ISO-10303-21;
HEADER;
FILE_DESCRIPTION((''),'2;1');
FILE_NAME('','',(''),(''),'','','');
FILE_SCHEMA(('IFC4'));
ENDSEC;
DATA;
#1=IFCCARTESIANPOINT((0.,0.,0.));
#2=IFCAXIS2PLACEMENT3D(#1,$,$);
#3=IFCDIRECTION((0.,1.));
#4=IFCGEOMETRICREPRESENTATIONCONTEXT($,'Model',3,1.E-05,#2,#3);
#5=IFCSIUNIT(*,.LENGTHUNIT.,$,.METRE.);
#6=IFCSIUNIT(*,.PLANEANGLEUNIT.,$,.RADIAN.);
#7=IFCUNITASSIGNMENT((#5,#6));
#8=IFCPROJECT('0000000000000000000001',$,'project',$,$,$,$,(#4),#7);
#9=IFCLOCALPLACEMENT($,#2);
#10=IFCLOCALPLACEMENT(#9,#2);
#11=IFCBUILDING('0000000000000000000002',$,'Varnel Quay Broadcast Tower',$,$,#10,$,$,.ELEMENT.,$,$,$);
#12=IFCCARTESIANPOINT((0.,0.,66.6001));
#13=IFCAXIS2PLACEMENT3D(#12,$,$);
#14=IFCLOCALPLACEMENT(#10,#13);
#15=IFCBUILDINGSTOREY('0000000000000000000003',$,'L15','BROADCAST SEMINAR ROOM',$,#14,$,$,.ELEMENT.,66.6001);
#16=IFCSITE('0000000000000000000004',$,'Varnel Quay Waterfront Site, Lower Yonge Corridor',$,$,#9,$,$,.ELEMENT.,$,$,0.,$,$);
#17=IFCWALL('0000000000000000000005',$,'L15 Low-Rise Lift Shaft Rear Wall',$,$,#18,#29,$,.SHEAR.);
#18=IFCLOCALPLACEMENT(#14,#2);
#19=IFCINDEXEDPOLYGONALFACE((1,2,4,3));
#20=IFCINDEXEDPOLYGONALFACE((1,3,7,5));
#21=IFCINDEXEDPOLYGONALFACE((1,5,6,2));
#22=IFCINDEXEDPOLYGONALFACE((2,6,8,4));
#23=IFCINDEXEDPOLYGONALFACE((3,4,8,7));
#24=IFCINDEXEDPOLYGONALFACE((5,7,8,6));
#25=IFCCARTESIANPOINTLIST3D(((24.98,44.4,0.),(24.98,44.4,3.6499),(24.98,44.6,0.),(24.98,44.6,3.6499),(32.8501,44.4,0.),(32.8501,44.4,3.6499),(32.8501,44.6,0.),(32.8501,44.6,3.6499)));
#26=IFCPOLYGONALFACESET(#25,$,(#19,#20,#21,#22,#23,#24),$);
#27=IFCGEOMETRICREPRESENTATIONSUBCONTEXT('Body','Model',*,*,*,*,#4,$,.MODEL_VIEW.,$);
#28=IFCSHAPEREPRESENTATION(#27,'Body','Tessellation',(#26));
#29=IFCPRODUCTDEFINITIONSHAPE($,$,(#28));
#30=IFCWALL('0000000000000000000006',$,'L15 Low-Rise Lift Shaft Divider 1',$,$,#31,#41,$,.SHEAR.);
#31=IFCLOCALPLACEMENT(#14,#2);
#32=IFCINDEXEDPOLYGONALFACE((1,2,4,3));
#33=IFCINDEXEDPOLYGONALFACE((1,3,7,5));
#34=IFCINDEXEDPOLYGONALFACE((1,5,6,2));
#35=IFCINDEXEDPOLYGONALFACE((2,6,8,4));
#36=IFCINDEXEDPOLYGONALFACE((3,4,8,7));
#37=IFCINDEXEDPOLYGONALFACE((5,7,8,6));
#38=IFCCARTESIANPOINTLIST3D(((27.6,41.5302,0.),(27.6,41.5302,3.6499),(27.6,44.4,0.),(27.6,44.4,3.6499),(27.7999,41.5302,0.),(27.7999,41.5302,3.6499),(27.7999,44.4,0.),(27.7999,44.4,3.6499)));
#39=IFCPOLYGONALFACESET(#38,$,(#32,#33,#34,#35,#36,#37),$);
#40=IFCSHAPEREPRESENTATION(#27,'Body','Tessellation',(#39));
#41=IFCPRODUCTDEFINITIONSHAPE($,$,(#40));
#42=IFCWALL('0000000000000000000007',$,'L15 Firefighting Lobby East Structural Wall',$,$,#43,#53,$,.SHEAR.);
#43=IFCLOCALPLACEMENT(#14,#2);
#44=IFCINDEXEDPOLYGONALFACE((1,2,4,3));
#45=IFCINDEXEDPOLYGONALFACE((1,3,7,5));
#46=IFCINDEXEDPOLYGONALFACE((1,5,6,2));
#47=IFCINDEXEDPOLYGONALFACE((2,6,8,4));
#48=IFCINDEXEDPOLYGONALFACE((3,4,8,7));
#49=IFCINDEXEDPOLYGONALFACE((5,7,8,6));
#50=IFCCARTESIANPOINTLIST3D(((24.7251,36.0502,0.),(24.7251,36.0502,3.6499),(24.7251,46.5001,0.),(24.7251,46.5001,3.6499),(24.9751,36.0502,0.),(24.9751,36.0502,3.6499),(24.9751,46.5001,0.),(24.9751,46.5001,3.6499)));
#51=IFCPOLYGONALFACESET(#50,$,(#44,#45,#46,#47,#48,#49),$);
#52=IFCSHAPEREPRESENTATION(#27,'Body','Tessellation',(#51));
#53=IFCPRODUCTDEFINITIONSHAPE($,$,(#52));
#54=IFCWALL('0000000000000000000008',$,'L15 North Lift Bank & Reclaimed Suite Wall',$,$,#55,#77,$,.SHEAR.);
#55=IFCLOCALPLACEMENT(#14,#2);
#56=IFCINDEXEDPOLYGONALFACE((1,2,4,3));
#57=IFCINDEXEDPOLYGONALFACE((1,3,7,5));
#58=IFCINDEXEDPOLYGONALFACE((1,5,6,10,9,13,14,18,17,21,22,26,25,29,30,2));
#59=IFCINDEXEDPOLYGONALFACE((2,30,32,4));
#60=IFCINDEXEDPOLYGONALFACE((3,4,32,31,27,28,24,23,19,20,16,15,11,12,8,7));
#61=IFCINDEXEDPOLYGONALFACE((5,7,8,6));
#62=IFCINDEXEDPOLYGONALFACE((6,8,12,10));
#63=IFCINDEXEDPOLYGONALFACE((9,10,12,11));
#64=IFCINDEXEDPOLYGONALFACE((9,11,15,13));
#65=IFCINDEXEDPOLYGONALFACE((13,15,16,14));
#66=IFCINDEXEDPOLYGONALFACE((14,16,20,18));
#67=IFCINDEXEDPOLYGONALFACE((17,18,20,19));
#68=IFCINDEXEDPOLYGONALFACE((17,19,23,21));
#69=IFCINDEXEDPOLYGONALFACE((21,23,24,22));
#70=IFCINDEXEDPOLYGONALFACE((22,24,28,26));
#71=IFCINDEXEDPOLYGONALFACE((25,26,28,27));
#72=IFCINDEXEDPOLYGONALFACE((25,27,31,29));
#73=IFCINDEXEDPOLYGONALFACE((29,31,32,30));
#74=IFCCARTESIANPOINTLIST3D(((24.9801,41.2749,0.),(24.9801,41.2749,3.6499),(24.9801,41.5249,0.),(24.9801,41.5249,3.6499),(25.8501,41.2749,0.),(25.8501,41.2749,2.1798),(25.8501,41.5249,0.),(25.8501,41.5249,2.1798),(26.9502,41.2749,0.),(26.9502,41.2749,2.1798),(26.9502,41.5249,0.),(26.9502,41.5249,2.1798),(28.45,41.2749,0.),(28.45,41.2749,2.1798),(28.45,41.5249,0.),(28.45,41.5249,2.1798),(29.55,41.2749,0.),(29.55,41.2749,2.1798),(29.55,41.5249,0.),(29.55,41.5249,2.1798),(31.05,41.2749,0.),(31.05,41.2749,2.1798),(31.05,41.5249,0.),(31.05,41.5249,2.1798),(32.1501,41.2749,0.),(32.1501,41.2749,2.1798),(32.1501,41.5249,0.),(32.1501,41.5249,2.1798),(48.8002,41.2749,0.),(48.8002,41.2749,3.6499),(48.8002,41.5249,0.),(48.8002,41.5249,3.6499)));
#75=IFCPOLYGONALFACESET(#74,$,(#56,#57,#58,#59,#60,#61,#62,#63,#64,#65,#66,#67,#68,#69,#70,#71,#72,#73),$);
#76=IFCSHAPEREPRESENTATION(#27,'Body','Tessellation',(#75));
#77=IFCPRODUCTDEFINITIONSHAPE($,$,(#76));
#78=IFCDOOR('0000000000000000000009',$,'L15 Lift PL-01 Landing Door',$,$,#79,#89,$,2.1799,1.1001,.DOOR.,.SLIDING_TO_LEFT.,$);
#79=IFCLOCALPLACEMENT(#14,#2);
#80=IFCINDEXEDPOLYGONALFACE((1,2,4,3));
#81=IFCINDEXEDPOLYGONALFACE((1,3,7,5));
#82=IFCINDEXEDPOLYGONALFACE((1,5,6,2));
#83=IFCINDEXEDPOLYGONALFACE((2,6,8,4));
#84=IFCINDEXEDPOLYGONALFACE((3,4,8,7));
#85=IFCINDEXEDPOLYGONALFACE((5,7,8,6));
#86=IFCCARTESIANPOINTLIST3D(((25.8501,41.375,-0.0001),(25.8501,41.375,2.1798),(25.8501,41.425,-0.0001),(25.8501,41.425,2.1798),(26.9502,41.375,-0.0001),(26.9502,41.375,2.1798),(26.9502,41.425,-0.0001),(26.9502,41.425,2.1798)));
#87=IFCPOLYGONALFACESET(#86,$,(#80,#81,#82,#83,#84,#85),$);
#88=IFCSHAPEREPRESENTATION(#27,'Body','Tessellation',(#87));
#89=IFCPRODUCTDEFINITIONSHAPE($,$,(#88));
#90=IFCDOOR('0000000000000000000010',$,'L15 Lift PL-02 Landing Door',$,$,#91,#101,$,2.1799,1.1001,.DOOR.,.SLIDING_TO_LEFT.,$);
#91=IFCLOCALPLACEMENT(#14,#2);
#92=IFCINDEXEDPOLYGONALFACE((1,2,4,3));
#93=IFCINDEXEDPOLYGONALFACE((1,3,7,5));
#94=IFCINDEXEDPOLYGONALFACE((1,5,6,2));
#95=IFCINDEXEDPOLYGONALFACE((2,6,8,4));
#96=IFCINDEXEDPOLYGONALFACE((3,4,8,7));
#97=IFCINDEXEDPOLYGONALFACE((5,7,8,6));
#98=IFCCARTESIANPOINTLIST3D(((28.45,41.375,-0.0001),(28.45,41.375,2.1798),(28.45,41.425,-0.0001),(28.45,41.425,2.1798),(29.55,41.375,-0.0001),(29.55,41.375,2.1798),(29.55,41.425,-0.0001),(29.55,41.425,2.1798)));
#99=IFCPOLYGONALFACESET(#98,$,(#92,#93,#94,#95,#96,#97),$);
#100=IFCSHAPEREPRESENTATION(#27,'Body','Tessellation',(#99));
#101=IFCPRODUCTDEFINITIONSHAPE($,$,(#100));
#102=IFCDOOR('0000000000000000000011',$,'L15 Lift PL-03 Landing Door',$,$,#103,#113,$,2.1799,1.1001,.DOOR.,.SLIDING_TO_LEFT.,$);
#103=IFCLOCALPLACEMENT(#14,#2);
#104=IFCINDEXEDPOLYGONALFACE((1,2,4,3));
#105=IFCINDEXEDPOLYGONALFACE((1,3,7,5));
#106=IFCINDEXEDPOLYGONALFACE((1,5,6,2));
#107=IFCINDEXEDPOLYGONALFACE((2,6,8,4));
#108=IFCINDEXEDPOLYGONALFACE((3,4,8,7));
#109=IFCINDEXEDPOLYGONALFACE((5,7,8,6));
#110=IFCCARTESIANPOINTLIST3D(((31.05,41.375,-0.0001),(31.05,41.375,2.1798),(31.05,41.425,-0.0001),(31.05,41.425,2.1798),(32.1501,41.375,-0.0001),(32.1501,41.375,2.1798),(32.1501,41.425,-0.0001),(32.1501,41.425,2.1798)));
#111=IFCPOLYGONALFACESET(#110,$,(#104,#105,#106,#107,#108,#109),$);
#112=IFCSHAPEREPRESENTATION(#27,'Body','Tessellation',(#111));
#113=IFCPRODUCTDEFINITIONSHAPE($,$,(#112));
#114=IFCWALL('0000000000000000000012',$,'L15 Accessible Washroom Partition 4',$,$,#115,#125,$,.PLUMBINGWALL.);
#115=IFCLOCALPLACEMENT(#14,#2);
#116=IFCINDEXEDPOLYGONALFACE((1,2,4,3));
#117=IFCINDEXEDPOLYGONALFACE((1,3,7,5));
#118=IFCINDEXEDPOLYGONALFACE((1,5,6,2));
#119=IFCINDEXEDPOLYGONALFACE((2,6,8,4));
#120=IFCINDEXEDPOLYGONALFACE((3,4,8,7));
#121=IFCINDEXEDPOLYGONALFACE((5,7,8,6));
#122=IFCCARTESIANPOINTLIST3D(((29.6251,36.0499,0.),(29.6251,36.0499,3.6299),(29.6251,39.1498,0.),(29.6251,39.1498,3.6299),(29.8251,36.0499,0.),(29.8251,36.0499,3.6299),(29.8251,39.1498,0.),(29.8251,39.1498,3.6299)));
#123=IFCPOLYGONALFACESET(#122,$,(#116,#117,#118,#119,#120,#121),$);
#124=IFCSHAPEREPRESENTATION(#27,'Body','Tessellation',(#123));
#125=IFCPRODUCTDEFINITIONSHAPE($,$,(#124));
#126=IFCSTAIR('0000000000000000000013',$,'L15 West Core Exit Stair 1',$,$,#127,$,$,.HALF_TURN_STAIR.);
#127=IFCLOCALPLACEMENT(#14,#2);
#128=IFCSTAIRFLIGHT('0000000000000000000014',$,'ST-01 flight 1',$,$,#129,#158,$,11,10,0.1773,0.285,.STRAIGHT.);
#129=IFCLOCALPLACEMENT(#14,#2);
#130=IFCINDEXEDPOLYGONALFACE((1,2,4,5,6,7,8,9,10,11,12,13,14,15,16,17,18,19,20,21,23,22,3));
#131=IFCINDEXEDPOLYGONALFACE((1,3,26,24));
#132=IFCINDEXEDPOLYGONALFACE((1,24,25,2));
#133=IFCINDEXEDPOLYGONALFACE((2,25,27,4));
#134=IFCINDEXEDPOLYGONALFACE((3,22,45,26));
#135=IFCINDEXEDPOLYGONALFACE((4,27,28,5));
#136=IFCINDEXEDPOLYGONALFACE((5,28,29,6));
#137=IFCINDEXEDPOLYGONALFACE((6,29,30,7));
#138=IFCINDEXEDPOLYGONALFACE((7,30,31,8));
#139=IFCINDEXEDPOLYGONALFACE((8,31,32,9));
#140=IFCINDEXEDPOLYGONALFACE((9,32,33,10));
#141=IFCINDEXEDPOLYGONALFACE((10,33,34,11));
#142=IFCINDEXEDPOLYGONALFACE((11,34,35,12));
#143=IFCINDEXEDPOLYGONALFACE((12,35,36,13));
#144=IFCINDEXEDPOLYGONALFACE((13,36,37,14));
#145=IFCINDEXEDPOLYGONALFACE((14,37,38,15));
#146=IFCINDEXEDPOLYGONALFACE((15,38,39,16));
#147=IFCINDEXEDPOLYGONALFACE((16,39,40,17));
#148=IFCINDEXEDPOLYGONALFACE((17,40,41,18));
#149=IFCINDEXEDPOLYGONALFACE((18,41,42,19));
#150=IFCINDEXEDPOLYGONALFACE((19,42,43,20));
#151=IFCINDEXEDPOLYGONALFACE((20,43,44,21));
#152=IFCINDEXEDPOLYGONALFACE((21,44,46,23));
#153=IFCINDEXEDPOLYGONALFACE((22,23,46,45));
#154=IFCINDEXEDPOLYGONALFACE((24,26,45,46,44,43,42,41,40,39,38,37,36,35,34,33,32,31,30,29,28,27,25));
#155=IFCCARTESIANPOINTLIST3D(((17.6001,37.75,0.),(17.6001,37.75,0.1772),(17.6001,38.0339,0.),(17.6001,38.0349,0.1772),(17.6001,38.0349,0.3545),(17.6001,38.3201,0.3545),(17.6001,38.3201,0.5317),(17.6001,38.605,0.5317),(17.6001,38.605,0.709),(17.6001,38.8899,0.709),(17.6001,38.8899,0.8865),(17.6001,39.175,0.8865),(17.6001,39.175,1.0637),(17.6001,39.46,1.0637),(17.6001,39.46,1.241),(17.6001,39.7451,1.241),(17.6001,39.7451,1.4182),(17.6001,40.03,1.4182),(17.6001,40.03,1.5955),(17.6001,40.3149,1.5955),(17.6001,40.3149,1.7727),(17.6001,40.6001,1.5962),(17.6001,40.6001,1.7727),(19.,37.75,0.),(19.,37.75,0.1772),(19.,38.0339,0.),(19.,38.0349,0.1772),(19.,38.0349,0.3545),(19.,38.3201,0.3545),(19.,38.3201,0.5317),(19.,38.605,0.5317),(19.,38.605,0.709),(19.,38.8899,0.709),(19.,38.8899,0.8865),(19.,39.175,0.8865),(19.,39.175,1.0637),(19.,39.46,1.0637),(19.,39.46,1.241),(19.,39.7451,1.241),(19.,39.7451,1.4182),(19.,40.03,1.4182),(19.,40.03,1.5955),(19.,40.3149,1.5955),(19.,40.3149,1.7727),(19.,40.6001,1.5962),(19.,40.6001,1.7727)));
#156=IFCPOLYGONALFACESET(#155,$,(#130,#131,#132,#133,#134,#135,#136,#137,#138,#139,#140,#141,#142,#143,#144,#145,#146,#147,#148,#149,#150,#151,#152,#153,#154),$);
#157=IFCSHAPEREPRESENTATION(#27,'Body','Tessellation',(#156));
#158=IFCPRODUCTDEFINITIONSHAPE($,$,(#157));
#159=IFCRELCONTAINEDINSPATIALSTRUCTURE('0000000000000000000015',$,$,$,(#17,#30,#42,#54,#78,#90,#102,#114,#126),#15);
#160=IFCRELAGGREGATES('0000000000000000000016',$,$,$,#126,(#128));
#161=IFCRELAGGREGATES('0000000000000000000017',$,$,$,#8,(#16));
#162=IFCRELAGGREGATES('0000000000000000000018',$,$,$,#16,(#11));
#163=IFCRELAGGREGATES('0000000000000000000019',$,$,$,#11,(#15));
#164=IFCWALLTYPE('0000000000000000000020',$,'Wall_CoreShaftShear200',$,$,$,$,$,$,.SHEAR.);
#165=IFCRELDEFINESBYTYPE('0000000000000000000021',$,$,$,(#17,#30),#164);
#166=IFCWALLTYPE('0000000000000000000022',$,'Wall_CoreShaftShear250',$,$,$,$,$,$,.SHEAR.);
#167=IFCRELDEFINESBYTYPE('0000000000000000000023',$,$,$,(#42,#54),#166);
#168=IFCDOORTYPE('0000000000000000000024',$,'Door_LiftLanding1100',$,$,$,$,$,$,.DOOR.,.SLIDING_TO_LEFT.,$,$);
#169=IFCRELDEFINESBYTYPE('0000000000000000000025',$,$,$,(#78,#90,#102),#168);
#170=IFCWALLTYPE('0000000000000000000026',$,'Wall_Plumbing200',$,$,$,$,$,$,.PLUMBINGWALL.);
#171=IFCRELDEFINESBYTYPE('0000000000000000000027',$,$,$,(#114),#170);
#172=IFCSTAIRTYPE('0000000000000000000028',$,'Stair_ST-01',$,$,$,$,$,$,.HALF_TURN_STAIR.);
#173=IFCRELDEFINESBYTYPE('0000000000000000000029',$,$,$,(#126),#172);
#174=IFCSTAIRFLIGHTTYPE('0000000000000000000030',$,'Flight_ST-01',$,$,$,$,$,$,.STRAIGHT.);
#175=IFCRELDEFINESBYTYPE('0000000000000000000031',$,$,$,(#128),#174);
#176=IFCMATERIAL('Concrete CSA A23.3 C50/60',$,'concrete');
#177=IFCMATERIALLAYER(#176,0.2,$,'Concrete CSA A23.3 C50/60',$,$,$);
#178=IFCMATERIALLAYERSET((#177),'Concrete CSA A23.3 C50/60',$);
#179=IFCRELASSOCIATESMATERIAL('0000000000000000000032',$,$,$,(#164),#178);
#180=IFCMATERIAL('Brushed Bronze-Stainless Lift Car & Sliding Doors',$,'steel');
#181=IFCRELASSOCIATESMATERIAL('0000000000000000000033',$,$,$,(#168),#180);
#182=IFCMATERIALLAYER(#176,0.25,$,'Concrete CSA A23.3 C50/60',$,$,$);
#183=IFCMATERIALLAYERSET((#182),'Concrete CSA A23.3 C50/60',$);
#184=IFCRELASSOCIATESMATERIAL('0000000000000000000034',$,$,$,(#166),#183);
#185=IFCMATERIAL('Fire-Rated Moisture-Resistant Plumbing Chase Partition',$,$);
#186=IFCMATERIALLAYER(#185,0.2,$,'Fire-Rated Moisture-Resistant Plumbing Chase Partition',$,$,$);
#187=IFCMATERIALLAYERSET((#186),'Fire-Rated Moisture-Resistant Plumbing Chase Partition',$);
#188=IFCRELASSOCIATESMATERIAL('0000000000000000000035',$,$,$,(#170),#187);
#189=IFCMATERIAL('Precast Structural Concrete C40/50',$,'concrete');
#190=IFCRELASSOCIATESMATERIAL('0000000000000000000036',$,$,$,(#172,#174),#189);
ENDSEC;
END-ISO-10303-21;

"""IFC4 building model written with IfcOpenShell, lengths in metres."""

from ifc_helpers import new_model, si_unit, direction, frame, frame_2d, origin, place, context, subcontext, project, spatial, polyline, rectangle, outline, extrude, source, transform, mapped, material, layer, layer_set, type_object, type_shapes, element, fill, aggregate, save


model = new_model("IFC4")

# Units and contexts
model_context = context("Model", 3, precision=1e-05, world=origin(), true_north=direction((0.0, 1.0)))
body_context = subcontext(model_context, "Body", "Model", "MODEL_VIEW")
ifc_project = project(units=[si_unit("LENGTHUNIT", "METRE"), si_unit("PLANEANGLEUNIT", "RADIAN")], contexts=[model_context])

# Site, building, storey
site_placement = place(None, origin())
site = spatial("IfcSite", under=ifc_project, at=site_placement, Name="Varnel Quay Waterfront Site, Lower Yonge Corridor", CompositionType="ELEMENT", RefElevation=0.0)
building_placement = place(site_placement, origin())
building = spatial("IfcBuilding", under=site, at=building_placement, Name="Varnel Quay Broadcast Tower", CompositionType="ELEMENT")
storey_placement = place(building_placement, frame((0.0, 0.0, 66.6001)))
storey = spatial("IfcBuildingStorey", under=building, at=storey_placement, Name="L15", Description="BROADCAST SEMINAR ROOM", CompositionType="ELEMENT", Elevation=66.6001)

# Shared definitions
ifc_material_1 = material(Name="Concrete CSA A23.3 C50/60", Category="concrete")
ifc_layer_1 = layer(ifc_material_1, 0.2, Name="Concrete CSA A23.3 C50/60")
ifc_layer_set_1 = layer_set([ifc_layer_1], Name="Concrete CSA A23.3 C50/60")
wall_type_1 = type_object("IfcWallType", Name="Wall_CoreShaftShear200", PredefinedType="SHEAR", material=ifc_layer_set_1)

# Shared definitions
ifc_material_2 = material(Name="Brushed Bronze-Stainless Lift Car & Sliding Doors", Category="steel")
door_type_1 = type_object("IfcDoorType", Name="Door_LiftLanding1100", OperationType="SLIDING_TO_LEFT", PredefinedType="DOOR", material=ifc_material_2)
shared_shape_1 = source(origin(), body_context, "Body", "SweptSolid", [
    extrude(rectangle(XDim=1.1001, YDim=2.1799, at=frame_2d((0.55, 1.0898))), frame((0.0, 0.0249, 0.0), z_axis=(0.0, -1.0, 0.0), x_axis=(1.0, 0.0, 0.0)), (0.0, 0.0, 1.0), 0.05),
])
type_shapes(door_type_1, [shared_shape_1])

# Walls
wall_1_placement = place(storey_placement, frame((24.98, 44.5, 0.0), z_axis=(0.0, 0.0, 1.0), x_axis=(1.0, 0.0, 0.0)))
element("IfcWall", 1, at=wall_1_placement, inside=storey, type_object=wall_type_1, Name="L15 Low-Rise Lift Shaft Rear Wall", PredefinedType="SHEAR", context=body_context, shape_type="SweptSolid", body=[
    extrude(rectangle(XDim=7.8701, YDim=0.2, at=frame_2d((3.9351, 0.0))), origin(), (0.0, 0.0, 1.0), 3.6499),
])
wall_2_placement = place(storey_placement, frame((27.7, 41.53, 0.0), z_axis=(0.0, 0.0, 1.0), x_axis=(0.0, 1.0, 0.0)))
element("IfcWall", 2, at=wall_2_placement, inside=storey, type_object=wall_type_1, Name="L15 Low-Rise Lift Shaft Divider 1", PredefinedType="SHEAR", context=body_context, shape_type="SweptSolid", body=[
    extrude(rectangle(XDim=2.8699, YDim=0.2, at=frame_2d((1.4351, 0.0))), origin(), (0.0, 0.0, 1.0), 3.6499),
])
ifc_layer_2 = layer(ifc_material_1, 0.25, Name="Concrete CSA A23.3 C50/60")
ifc_layer_set_2 = layer_set([ifc_layer_2], Name="Concrete CSA A23.3 C50/60")
wall_type_2 = type_object("IfcWallType", Name="Wall_CoreShaftShear250", PredefinedType="SHEAR", material=ifc_layer_set_2)
wall_3_placement = place(storey_placement, frame((24.8501, 36.05, 0.0), z_axis=(0.0, 0.0, 1.0), x_axis=(0.0, 1.0, 0.0)))
element("IfcWall", 3, at=wall_3_placement, inside=storey, type_object=wall_type_2, Name="L15 Firefighting Lobby East Structural Wall", PredefinedType="SHEAR", context=body_context, shape_type="SweptSolid", body=[
    extrude(rectangle(XDim=10.45, YDim=0.25, at=frame_2d((5.2251, 0.0))), origin(), (0.0, 0.0, 1.0), 3.6499),
])

# Wall, openings, doors
wall_4_placement = place(storey_placement, frame((24.98, 41.3999, 0.0), z_axis=(0.0, 0.0, 1.0), x_axis=(1.0, 0.0, 0.0)))
wall_4 = element("IfcWall", 4, at=wall_4_placement, inside=storey, type_object=wall_type_2, Name="L15 North Lift Bank & Reclaimed Suite Wall", PredefinedType="SHEAR", context=body_context, shape_type="SweptSolid", body=[
    extrude(rectangle(XDim=23.8201, YDim=0.25, at=frame_2d((11.9102, 0.0))), origin(), (0.0, 0.0, 1.0), 3.6499),
])
opening_1_placement = place(wall_4_placement, frame((0.8701, 0.0, 0.0)))
opening_1 = element("IfcOpeningElement", 5, at=opening_1_placement, cuts=wall_4, PredefinedType="OPENING", context=body_context, shape_type="SweptSolid", body=[
    extrude(rectangle(XDim=1.1001, YDim=2.1799, at=frame_2d((0.55, 1.0898))), frame((0.0, 0.135, 0.0), z_axis=(0.0, -1.0, 0.0), x_axis=(1.0, 0.0, 0.0)), (0.0, 0.0, 1.0), 0.27),
])
opening_2_placement = place(wall_4_placement, frame((3.47, 0.0, 0.0)))
opening_2 = element("IfcOpeningElement", 6, at=opening_2_placement, cuts=wall_4, PredefinedType="OPENING", context=body_context, shape_type="SweptSolid", body=[
    extrude(rectangle(XDim=1.1001, YDim=2.1799, at=frame_2d((0.55, 1.0898))), frame((0.0, 0.135, 0.0), z_axis=(0.0, -1.0, 0.0), x_axis=(1.0, 0.0, 0.0)), (0.0, 0.0, 1.0), 0.27),
])
opening_3_placement = place(wall_4_placement, frame((6.0701, 0.0, 0.0)))
opening_3 = element("IfcOpeningElement", 7, at=opening_3_placement, cuts=wall_4, PredefinedType="OPENING", context=body_context, shape_type="SweptSolid", body=[
    extrude(rectangle(XDim=1.1001, YDim=2.1799, at=frame_2d((0.55, 1.0898))), frame((0.0, 0.135, 0.0), z_axis=(0.0, -1.0, 0.0), x_axis=(1.0, 0.0, 0.0)), (0.0, 0.0, 1.0), 0.27),
])
door_1_placement = place(opening_1_placement, frame((1.1001, 0.0, 0.0), z_axis=(0.0, 0.0, 1.0), x_axis=(-1.0, 0.0, 0.0)))
door_1 = element("IfcDoor", 8, at=door_1_placement, inside=storey, type_object=door_type_1, Name="L15 Lift PL-01 Landing Door", OperationType="SLIDING_TO_LEFT", OverallHeight=2.1799, OverallWidth=1.1001, PredefinedType="DOOR", context=body_context, shape_type="MappedRepresentation", body=[
    mapped(shared_shape_1, transform((0.0, 0.0, 0.0), x_axis=(1.0, 0.0, 0.0), y_axis=(0.0, 1.0, 0.0), z_axis=(0.0, 0.0, 1.0), scale=1.0)),
])
fill(opening_1, door_1)
door_2_placement = place(opening_2_placement, frame((1.1001, 0.0, 0.0), z_axis=(0.0, 0.0, 1.0), x_axis=(-1.0, 0.0, 0.0)))
door_2 = element("IfcDoor", 9, at=door_2_placement, inside=storey, type_object=door_type_1, Name="L15 Lift PL-02 Landing Door", OperationType="SLIDING_TO_LEFT", OverallHeight=2.1799, OverallWidth=1.1001, PredefinedType="DOOR", context=body_context, shape_type="MappedRepresentation", body=[
    mapped(shared_shape_1, transform((0.0, 0.0, 0.0), x_axis=(1.0, 0.0, 0.0), y_axis=(0.0, 1.0, 0.0), z_axis=(0.0, 0.0, 1.0), scale=1.0)),
])
fill(opening_2, door_2)
door_3_placement = place(opening_3_placement, frame((1.1001, 0.0, 0.0), z_axis=(0.0, 0.0, 1.0), x_axis=(-1.0, 0.0, 0.0)))
door_3 = element("IfcDoor", 10, at=door_3_placement, inside=storey, type_object=door_type_1, Name="L15 Lift PL-03 Landing Door", OperationType="SLIDING_TO_LEFT", OverallHeight=2.1799, OverallWidth=1.1001, PredefinedType="DOOR", context=body_context, shape_type="MappedRepresentation", body=[
    mapped(shared_shape_1, transform((0.0, 0.0, 0.0), x_axis=(1.0, 0.0, 0.0), y_axis=(0.0, 1.0, 0.0), z_axis=(0.0, 0.0, 1.0), scale=1.0)),
])
fill(opening_3, door_3)

# Wall
ifc_material_3 = material(Name="Fire-Rated Moisture-Resistant Plumbing Chase Partition")
ifc_layer_3 = layer(ifc_material_3, 0.2, Name="Fire-Rated Moisture-Resistant Plumbing Chase Partition")
ifc_layer_set_3 = layer_set([ifc_layer_3], Name="Fire-Rated Moisture-Resistant Plumbing Chase Partition")
wall_type_3 = type_object("IfcWallType", Name="Wall_Plumbing200", PredefinedType="PLUMBINGWALL", material=ifc_layer_set_3)
wall_5_placement = place(storey_placement, frame((29.7251, 36.05, 0.0), z_axis=(0.0, 0.0, 1.0), x_axis=(0.0, 1.0, 0.0)))
element("IfcWall", 11, at=wall_5_placement, inside=storey, type_object=wall_type_3, Name="L15 Accessible Washroom Partition 4", PredefinedType="PLUMBINGWALL", context=body_context, shape_type="SweptSolid", body=[
    extrude(rectangle(XDim=3.0999, YDim=0.2, at=frame_2d((1.5498, 0.0))), origin(), (0.0, 0.0, 1.0), 3.6299),
])

# Stair, stair flight
ifc_material_4 = material(Name="Precast Structural Concrete C40/50", Category="concrete")
stair_type = type_object("IfcStairType", Name="Stair_ST-01", PredefinedType="HALF_TURN_STAIR", material=ifc_material_4)
stair_placement = place(storey_placement, origin())
stair = element("IfcStair", 12, at=stair_placement, inside=storey, type_object=stair_type, Name="L15 West Core Exit Stair 1", PredefinedType="HALF_TURN_STAIR")
stair_flight_type = type_object("IfcStairFlightType", Name="Flight_ST-01", PredefinedType="STRAIGHT", material=ifc_material_4)
stair_flight_placement = place(storey_placement, frame((18.3, 37.75, 0.0), z_axis=(0.0, 0.0, 1.0), x_axis=(0.0, 1.0, 0.0)))
stair_flight = element("IfcStairFlight", 13, at=stair_flight_placement, type_object=stair_flight_type, Name="ST-01 flight 1", NumberOfRisers=11, NumberOfTreads=10, PredefinedType="STRAIGHT", RiserHeight=0.1773, TreadLength=0.285, context=body_context, shape_type="SweptSolid", body=[
    extrude(outline(polyline([(0.0, 0.0), (0.0, 0.1772), (0.2849, 0.1772), (0.2849, 0.3545), (0.5701, 0.3545), (0.5701, 0.5317), (0.855, 0.5317), (0.855, 0.709), (1.1399, 0.709), (1.1399, 0.8865), (1.425, 0.8865), (1.425, 1.0637), (1.71, 1.0637), (1.71, 1.241), (1.9951, 1.241), (1.9951, 1.4182), (2.28, 1.4182), (2.28, 1.5955), (2.5649, 1.5955), (2.5649, 1.7727), (2.8501, 1.7727), (2.8501, 1.95), (2.8501, 1.5962), (0.2839, 0.0), (0.0, 0.0)])), frame((0.0, 0.7, 0.0), z_axis=(0.0, -1.0, 0.0), x_axis=(1.0, 0.0, 0.0)), (0.0, 0.0, 1.0), 1.3999),
])
aggregate(stair, [stair_flight])

save(model, "model.ifc")
